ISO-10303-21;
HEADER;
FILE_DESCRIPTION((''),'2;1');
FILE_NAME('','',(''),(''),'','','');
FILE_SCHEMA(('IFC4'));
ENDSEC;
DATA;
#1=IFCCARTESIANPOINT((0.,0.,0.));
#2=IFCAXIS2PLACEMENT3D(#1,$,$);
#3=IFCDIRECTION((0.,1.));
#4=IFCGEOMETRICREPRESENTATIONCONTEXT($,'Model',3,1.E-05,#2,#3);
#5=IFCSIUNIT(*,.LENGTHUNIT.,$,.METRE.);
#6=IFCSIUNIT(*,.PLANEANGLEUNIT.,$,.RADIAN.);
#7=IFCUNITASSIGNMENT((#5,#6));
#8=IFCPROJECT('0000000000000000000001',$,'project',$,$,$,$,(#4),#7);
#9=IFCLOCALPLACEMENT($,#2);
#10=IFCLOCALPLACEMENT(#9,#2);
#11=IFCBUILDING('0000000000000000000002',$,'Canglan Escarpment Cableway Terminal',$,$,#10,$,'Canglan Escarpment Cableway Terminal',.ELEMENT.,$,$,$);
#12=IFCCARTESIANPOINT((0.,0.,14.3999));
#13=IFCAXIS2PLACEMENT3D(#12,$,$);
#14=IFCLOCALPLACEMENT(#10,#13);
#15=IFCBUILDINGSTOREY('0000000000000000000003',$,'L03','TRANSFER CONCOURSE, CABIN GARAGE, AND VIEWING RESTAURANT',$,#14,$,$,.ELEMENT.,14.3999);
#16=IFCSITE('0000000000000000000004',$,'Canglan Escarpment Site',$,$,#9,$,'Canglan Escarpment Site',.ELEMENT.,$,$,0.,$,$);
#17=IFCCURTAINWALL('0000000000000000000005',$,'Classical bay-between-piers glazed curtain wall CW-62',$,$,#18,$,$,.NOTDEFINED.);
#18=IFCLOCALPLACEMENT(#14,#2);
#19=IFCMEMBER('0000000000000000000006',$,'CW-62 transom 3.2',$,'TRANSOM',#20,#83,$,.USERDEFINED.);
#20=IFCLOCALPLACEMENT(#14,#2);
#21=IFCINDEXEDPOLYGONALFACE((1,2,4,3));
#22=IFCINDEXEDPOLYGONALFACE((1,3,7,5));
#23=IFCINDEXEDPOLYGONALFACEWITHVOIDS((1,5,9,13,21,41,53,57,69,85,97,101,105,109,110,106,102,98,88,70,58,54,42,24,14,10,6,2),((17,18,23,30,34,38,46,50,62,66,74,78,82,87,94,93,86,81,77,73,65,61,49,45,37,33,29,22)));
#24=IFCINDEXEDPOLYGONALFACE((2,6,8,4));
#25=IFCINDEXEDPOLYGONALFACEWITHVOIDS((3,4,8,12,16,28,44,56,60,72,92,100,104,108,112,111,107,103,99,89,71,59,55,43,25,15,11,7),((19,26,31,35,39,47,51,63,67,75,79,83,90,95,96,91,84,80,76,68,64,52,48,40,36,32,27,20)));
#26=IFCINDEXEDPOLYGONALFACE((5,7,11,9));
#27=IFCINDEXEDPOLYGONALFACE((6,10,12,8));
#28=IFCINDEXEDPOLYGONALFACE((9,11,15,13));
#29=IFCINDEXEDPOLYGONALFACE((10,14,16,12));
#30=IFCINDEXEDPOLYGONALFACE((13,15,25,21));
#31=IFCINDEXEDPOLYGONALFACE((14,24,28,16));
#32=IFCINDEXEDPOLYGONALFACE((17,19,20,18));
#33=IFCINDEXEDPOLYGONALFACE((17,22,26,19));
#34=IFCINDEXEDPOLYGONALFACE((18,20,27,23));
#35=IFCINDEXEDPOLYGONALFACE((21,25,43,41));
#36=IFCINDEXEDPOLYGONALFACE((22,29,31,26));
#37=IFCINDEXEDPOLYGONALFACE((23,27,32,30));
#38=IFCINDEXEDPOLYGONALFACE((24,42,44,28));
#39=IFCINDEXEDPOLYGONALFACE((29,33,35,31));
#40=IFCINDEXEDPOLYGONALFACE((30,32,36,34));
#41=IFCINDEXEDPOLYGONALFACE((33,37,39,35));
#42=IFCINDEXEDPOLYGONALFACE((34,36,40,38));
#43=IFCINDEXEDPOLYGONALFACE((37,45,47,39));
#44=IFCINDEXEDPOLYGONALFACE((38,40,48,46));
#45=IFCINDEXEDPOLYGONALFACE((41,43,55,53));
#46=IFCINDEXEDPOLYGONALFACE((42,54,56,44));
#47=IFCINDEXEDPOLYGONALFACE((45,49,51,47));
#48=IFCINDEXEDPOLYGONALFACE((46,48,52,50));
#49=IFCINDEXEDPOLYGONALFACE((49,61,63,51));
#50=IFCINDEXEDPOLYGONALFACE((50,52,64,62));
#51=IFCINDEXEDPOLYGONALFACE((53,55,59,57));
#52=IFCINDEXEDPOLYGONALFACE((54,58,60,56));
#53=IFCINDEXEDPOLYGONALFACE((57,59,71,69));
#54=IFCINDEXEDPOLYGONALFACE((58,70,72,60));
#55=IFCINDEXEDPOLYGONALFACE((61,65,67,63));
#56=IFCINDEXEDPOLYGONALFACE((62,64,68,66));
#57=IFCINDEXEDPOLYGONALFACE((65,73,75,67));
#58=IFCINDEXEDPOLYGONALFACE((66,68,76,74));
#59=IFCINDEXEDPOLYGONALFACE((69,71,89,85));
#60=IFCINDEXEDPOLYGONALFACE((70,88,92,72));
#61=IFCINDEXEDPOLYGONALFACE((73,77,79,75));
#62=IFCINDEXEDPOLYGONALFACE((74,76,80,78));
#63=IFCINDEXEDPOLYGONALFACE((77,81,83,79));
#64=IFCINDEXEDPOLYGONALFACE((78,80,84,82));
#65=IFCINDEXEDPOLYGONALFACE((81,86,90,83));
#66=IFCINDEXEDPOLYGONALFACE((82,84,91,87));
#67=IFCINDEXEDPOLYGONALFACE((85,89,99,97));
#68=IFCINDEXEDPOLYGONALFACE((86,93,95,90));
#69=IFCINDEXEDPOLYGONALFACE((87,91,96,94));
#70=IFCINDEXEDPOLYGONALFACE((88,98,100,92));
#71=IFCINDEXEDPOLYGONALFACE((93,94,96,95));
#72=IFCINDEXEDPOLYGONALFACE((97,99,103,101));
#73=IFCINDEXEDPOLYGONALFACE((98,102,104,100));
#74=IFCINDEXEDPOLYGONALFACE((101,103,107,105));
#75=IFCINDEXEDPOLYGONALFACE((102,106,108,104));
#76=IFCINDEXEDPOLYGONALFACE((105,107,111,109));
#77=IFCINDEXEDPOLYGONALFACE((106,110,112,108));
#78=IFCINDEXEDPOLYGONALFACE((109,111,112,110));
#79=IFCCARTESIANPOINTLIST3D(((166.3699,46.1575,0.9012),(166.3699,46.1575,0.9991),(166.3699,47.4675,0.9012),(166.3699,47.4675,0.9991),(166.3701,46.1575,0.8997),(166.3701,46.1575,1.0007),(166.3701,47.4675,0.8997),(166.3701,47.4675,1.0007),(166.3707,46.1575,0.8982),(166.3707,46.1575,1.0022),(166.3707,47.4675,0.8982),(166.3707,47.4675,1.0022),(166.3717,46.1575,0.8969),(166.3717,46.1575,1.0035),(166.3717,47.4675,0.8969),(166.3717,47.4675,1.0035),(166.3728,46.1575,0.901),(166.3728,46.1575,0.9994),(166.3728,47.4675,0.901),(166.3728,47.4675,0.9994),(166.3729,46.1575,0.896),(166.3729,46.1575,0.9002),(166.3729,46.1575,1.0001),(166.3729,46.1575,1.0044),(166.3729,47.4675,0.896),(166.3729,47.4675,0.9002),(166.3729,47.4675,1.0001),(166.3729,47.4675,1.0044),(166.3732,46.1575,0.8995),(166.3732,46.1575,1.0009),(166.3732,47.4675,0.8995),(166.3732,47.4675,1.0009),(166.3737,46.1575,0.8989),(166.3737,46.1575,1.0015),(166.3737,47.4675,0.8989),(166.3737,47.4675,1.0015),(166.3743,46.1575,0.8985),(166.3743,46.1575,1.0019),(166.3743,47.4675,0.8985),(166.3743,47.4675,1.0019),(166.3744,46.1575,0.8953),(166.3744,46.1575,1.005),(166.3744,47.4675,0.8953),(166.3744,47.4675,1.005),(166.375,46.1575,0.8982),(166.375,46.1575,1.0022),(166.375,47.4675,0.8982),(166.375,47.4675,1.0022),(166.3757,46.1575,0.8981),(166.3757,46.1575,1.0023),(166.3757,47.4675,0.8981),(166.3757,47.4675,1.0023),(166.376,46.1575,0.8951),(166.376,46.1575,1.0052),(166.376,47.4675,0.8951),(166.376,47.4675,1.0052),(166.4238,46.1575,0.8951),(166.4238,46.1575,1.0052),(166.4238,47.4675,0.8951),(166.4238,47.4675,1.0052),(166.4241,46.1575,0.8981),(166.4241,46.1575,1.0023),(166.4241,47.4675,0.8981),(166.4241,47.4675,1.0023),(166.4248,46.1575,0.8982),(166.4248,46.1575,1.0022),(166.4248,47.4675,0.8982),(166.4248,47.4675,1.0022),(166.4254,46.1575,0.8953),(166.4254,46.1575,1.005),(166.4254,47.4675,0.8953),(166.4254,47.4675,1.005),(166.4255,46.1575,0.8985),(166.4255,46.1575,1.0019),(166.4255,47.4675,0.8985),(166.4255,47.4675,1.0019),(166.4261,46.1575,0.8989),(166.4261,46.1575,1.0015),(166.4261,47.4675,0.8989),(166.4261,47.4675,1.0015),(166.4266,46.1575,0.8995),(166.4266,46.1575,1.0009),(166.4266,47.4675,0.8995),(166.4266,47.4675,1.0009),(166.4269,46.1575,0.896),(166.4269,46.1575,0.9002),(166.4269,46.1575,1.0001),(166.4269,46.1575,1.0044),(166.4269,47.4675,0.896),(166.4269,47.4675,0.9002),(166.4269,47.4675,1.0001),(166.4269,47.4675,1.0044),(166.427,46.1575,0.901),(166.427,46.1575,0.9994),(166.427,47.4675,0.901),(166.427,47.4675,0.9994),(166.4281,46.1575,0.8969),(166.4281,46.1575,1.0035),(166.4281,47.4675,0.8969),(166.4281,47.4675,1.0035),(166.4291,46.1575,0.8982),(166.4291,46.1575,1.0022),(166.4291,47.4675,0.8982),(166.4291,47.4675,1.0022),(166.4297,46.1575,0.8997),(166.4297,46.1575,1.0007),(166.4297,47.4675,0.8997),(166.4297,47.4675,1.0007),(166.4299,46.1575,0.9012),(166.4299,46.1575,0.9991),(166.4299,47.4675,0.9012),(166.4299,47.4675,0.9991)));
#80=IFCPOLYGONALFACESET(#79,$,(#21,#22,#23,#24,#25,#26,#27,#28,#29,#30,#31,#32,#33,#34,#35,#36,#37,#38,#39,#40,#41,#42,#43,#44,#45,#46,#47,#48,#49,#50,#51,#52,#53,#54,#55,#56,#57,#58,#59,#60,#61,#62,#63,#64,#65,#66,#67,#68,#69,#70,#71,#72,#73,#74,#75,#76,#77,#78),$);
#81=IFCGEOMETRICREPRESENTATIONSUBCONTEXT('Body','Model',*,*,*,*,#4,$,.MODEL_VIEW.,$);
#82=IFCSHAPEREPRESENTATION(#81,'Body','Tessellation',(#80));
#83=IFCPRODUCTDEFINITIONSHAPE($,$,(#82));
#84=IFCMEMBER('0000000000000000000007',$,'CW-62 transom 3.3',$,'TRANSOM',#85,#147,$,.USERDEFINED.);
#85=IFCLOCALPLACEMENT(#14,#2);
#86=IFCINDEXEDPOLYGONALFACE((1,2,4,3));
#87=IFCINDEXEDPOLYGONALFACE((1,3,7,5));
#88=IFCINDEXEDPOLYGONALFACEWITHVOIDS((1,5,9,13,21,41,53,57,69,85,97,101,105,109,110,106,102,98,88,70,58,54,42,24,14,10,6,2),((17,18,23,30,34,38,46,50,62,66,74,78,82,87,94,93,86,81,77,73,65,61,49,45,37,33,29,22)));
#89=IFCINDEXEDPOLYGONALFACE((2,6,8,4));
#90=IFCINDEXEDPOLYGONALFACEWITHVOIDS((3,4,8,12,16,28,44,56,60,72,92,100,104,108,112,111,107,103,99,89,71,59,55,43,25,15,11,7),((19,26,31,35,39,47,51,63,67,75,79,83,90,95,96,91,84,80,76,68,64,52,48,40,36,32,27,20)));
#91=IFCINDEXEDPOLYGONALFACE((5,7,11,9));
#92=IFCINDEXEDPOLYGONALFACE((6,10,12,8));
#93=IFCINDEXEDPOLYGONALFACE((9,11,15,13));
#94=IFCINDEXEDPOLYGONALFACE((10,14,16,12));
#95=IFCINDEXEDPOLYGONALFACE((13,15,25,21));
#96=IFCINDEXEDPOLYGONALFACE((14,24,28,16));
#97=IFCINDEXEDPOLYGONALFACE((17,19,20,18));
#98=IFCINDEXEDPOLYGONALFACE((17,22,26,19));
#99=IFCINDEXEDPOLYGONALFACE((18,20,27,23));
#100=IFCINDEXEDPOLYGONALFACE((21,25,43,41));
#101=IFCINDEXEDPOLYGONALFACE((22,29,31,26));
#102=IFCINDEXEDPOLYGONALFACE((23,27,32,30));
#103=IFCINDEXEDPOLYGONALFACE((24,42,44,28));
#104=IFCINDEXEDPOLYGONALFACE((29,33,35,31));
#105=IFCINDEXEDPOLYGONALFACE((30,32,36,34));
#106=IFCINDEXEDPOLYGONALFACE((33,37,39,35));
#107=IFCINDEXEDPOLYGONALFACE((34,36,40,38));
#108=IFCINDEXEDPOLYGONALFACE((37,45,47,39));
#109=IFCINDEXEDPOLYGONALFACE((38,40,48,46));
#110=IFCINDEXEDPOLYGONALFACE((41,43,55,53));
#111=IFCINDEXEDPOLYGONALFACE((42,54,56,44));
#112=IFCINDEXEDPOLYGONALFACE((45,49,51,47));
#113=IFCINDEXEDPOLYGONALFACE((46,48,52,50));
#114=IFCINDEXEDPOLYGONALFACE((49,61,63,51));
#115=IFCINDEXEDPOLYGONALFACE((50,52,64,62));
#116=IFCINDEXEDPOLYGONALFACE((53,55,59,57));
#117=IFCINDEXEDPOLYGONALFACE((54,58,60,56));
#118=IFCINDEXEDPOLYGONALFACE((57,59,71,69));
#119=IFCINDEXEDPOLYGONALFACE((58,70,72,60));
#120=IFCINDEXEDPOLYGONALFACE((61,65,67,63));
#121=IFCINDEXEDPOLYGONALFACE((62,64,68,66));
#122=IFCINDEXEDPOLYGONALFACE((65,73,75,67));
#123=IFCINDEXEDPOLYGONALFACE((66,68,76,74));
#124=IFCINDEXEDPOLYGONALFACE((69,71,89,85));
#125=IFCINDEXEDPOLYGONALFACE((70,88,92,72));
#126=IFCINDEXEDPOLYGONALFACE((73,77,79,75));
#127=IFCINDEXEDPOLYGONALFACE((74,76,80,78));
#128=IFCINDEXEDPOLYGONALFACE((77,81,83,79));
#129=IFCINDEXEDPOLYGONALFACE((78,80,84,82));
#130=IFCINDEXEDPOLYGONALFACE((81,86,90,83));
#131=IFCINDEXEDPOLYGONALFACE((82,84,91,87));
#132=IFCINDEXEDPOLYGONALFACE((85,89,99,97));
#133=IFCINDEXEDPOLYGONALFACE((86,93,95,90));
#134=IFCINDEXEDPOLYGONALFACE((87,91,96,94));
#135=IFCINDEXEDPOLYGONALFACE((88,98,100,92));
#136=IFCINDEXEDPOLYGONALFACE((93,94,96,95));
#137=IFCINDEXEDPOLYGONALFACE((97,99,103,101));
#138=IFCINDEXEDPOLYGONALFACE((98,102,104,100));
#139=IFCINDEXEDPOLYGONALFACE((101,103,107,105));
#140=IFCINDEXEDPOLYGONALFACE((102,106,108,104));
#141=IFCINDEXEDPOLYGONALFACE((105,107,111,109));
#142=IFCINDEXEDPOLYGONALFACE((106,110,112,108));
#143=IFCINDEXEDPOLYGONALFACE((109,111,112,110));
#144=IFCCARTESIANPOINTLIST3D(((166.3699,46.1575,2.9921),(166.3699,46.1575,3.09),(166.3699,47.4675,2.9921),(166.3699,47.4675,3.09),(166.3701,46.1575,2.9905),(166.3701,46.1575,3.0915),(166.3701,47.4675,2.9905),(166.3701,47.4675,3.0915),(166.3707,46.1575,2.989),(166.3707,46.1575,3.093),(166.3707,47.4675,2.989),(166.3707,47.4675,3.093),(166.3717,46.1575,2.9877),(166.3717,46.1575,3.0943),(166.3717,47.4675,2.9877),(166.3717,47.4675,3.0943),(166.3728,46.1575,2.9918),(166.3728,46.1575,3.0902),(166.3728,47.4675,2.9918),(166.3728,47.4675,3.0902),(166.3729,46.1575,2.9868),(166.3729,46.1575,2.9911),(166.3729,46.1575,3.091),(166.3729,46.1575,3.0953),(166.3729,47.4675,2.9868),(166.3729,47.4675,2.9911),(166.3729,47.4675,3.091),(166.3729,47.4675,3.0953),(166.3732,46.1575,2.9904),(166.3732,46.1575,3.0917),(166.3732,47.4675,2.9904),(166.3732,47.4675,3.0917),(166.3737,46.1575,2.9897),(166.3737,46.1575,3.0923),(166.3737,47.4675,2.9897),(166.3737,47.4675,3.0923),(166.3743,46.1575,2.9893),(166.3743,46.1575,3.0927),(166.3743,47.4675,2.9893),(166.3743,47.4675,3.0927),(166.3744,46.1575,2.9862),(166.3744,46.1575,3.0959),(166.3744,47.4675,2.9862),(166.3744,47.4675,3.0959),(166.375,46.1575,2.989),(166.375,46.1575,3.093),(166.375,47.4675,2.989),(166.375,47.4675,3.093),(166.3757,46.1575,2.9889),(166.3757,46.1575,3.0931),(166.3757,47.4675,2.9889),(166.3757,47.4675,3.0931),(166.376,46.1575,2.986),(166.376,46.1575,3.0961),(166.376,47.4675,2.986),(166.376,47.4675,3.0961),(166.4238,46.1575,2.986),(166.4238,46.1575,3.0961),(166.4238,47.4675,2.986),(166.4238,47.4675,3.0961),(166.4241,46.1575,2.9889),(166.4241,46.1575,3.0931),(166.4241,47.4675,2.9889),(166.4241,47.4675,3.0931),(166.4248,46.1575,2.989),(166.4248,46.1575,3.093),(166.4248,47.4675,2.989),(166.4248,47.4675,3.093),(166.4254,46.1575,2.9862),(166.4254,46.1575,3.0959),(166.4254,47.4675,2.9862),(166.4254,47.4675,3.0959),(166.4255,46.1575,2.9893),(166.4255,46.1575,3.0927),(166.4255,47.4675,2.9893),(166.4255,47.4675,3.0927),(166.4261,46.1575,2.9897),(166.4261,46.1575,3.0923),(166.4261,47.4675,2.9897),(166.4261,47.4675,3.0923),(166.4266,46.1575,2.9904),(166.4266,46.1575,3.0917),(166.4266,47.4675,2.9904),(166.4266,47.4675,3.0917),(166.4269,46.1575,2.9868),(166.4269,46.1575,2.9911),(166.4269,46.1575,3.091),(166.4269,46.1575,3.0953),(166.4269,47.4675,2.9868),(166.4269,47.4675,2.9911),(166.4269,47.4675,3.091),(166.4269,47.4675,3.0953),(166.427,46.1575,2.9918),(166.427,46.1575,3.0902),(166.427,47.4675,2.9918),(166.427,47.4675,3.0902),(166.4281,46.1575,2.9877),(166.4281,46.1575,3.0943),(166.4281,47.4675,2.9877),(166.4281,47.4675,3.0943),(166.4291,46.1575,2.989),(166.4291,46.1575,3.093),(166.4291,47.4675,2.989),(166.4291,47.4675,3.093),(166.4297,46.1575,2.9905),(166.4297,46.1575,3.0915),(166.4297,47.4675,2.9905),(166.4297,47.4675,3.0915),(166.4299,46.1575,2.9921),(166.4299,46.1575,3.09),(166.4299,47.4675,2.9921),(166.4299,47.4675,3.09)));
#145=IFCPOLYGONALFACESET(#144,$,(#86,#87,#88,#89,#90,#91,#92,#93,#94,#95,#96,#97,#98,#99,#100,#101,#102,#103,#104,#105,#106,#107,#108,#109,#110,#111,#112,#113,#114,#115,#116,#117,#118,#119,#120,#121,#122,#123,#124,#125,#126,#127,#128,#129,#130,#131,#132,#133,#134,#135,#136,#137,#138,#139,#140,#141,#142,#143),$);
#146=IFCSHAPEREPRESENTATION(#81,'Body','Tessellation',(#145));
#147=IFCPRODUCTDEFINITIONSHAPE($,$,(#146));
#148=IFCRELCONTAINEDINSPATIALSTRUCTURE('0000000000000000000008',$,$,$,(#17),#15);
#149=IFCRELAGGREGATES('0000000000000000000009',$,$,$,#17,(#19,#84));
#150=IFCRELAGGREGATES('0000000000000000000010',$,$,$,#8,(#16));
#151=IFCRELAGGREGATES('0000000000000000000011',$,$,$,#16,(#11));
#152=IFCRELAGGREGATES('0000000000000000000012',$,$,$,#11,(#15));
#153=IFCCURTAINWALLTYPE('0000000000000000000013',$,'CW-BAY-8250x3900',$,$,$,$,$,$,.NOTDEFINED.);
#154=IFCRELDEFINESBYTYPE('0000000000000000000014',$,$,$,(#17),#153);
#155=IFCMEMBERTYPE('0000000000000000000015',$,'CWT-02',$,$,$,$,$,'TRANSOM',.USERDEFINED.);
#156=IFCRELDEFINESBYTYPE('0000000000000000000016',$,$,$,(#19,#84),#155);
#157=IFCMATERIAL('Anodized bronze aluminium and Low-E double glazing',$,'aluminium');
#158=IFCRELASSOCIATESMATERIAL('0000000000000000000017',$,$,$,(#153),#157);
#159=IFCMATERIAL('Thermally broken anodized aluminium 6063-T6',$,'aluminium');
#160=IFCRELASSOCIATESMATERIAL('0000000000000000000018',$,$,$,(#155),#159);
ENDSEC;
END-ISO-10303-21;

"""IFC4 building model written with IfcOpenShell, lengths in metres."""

from ifc_helpers import new_model, si_unit, direction, frame, origin, origin_2d, place, context, subcontext, project, spatial, hollow_rectangle, extrude, material, material_profile, profile_set, type_object, element, aggregate, save


model = new_model("IFC4")

# Units and contexts
model_context = context("Model", 3, precision=1e-05, world=origin(), true_north=direction((0.0, 1.0)))
body_context = subcontext(model_context, "Body", "Model", "MODEL_VIEW")
ifc_project = project(units=[si_unit("LENGTHUNIT", "METRE"), si_unit("PLANEANGLEUNIT", "RADIAN")], contexts=[model_context])

# Site, building, storey
site_placement = place(None, origin())
site = spatial("IfcSite", under=ifc_project, at=site_placement, Name="Canglan Escarpment Site", LongName="Canglan Escarpment Site", CompositionType="ELEMENT", RefElevation=0.0)
building_placement = place(site_placement, origin())
building = spatial("IfcBuilding", under=site, at=building_placement, Name="Canglan Escarpment Cableway Terminal", LongName="Canglan Escarpment Cableway Terminal", CompositionType="ELEMENT")
storey_placement = place(building_placement, frame((0.0, 0.0, 14.3999)))
storey = spatial("IfcBuildingStorey", under=building, at=storey_placement, Name="L03", Description="TRANSFER CONCOURSE, CABIN GARAGE, AND VIEWING RESTAURANT", CompositionType="ELEMENT", Elevation=14.3999)

# Curtain wall, members
ifc_material_1 = material(Name="Anodized bronze aluminium and Low-E double glazing", Category="aluminium")
curtain_wall_type = type_object("IfcCurtainWallType", Name="CW-BAY-8250x3900", PredefinedType="NOTDEFINED", material=ifc_material_1)
curtain_wall_placement = place(storey_placement, origin())
curtain_wall = element("IfcCurtainWall", 1, at=curtain_wall_placement, inside=storey, type_object=curtain_wall_type, Name="Classical bay-between-piers glazed curtain wall CW-62", PredefinedType="NOTDEFINED")
ifc_material_2 = material(Name="Thermally broken anodized aluminium 6063-T6", Category="aluminium")
ifc_material_profile_1 = material_profile(ifc_material_2, hollow_rectangle(XDim=0.0601, YDim=0.1101, WallThickness=0.0029, InnerFilletRadius=0.0029, OuterFilletRadius=0.0061, at=origin_2d()), Name="ALU-TRAN 60x110x3")
ifc_profile_set_1 = profile_set([ifc_material_profile_1], Name="Thermally broken anodized aluminium 6063-T6")
member_type_1 = type_object("IfcMemberType", Name="CWT-02", ElementType="TRANSOM", PredefinedType="USERDEFINED", material=ifc_profile_set_1)
member_1_placement = place(storey_placement, frame((166.3999, 46.1575, 0.9502), z_axis=(0.0, 1.0, 0.0), x_axis=(-1.0, 0.0, 0.0)))
member_1 = element("IfcMember", 2, at=member_1_placement, type_object=member_type_1, Name="CW-62 transom 3.2", ObjectType="TRANSOM", PredefinedType="USERDEFINED", context=body_context, shape_type="SweptSolid", body=[
    extrude(hollow_rectangle(XDim=0.0601, YDim=0.1101, WallThickness=0.0029, InnerFilletRadius=0.0029, OuterFilletRadius=0.0061, at=origin_2d()), origin(), (0.0, 0.0, 1.0), 1.3101),
])
member_2_placement = place(storey_placement, frame((166.3999, 46.1575, 3.041), z_axis=(0.0, 1.0, 0.0), x_axis=(-1.0, 0.0, 0.0)))
member_2 = element("IfcMember", 3, at=member_2_placement, type_object=member_type_1, Name="CW-62 transom 3.3", ObjectType="TRANSOM", PredefinedType="USERDEFINED", context=body_context, shape_type="SweptSolid", body=[
    extrude(hollow_rectangle(XDim=0.0601, YDim=0.1101, WallThickness=0.0029, InnerFilletRadius=0.0029, OuterFilletRadius=0.0061, at=origin_2d()), origin(), (0.0, 0.0, 1.0), 1.3101),
])
aggregate(curtain_wall, [member_1, member_2])

save(model, "model.ifc")
